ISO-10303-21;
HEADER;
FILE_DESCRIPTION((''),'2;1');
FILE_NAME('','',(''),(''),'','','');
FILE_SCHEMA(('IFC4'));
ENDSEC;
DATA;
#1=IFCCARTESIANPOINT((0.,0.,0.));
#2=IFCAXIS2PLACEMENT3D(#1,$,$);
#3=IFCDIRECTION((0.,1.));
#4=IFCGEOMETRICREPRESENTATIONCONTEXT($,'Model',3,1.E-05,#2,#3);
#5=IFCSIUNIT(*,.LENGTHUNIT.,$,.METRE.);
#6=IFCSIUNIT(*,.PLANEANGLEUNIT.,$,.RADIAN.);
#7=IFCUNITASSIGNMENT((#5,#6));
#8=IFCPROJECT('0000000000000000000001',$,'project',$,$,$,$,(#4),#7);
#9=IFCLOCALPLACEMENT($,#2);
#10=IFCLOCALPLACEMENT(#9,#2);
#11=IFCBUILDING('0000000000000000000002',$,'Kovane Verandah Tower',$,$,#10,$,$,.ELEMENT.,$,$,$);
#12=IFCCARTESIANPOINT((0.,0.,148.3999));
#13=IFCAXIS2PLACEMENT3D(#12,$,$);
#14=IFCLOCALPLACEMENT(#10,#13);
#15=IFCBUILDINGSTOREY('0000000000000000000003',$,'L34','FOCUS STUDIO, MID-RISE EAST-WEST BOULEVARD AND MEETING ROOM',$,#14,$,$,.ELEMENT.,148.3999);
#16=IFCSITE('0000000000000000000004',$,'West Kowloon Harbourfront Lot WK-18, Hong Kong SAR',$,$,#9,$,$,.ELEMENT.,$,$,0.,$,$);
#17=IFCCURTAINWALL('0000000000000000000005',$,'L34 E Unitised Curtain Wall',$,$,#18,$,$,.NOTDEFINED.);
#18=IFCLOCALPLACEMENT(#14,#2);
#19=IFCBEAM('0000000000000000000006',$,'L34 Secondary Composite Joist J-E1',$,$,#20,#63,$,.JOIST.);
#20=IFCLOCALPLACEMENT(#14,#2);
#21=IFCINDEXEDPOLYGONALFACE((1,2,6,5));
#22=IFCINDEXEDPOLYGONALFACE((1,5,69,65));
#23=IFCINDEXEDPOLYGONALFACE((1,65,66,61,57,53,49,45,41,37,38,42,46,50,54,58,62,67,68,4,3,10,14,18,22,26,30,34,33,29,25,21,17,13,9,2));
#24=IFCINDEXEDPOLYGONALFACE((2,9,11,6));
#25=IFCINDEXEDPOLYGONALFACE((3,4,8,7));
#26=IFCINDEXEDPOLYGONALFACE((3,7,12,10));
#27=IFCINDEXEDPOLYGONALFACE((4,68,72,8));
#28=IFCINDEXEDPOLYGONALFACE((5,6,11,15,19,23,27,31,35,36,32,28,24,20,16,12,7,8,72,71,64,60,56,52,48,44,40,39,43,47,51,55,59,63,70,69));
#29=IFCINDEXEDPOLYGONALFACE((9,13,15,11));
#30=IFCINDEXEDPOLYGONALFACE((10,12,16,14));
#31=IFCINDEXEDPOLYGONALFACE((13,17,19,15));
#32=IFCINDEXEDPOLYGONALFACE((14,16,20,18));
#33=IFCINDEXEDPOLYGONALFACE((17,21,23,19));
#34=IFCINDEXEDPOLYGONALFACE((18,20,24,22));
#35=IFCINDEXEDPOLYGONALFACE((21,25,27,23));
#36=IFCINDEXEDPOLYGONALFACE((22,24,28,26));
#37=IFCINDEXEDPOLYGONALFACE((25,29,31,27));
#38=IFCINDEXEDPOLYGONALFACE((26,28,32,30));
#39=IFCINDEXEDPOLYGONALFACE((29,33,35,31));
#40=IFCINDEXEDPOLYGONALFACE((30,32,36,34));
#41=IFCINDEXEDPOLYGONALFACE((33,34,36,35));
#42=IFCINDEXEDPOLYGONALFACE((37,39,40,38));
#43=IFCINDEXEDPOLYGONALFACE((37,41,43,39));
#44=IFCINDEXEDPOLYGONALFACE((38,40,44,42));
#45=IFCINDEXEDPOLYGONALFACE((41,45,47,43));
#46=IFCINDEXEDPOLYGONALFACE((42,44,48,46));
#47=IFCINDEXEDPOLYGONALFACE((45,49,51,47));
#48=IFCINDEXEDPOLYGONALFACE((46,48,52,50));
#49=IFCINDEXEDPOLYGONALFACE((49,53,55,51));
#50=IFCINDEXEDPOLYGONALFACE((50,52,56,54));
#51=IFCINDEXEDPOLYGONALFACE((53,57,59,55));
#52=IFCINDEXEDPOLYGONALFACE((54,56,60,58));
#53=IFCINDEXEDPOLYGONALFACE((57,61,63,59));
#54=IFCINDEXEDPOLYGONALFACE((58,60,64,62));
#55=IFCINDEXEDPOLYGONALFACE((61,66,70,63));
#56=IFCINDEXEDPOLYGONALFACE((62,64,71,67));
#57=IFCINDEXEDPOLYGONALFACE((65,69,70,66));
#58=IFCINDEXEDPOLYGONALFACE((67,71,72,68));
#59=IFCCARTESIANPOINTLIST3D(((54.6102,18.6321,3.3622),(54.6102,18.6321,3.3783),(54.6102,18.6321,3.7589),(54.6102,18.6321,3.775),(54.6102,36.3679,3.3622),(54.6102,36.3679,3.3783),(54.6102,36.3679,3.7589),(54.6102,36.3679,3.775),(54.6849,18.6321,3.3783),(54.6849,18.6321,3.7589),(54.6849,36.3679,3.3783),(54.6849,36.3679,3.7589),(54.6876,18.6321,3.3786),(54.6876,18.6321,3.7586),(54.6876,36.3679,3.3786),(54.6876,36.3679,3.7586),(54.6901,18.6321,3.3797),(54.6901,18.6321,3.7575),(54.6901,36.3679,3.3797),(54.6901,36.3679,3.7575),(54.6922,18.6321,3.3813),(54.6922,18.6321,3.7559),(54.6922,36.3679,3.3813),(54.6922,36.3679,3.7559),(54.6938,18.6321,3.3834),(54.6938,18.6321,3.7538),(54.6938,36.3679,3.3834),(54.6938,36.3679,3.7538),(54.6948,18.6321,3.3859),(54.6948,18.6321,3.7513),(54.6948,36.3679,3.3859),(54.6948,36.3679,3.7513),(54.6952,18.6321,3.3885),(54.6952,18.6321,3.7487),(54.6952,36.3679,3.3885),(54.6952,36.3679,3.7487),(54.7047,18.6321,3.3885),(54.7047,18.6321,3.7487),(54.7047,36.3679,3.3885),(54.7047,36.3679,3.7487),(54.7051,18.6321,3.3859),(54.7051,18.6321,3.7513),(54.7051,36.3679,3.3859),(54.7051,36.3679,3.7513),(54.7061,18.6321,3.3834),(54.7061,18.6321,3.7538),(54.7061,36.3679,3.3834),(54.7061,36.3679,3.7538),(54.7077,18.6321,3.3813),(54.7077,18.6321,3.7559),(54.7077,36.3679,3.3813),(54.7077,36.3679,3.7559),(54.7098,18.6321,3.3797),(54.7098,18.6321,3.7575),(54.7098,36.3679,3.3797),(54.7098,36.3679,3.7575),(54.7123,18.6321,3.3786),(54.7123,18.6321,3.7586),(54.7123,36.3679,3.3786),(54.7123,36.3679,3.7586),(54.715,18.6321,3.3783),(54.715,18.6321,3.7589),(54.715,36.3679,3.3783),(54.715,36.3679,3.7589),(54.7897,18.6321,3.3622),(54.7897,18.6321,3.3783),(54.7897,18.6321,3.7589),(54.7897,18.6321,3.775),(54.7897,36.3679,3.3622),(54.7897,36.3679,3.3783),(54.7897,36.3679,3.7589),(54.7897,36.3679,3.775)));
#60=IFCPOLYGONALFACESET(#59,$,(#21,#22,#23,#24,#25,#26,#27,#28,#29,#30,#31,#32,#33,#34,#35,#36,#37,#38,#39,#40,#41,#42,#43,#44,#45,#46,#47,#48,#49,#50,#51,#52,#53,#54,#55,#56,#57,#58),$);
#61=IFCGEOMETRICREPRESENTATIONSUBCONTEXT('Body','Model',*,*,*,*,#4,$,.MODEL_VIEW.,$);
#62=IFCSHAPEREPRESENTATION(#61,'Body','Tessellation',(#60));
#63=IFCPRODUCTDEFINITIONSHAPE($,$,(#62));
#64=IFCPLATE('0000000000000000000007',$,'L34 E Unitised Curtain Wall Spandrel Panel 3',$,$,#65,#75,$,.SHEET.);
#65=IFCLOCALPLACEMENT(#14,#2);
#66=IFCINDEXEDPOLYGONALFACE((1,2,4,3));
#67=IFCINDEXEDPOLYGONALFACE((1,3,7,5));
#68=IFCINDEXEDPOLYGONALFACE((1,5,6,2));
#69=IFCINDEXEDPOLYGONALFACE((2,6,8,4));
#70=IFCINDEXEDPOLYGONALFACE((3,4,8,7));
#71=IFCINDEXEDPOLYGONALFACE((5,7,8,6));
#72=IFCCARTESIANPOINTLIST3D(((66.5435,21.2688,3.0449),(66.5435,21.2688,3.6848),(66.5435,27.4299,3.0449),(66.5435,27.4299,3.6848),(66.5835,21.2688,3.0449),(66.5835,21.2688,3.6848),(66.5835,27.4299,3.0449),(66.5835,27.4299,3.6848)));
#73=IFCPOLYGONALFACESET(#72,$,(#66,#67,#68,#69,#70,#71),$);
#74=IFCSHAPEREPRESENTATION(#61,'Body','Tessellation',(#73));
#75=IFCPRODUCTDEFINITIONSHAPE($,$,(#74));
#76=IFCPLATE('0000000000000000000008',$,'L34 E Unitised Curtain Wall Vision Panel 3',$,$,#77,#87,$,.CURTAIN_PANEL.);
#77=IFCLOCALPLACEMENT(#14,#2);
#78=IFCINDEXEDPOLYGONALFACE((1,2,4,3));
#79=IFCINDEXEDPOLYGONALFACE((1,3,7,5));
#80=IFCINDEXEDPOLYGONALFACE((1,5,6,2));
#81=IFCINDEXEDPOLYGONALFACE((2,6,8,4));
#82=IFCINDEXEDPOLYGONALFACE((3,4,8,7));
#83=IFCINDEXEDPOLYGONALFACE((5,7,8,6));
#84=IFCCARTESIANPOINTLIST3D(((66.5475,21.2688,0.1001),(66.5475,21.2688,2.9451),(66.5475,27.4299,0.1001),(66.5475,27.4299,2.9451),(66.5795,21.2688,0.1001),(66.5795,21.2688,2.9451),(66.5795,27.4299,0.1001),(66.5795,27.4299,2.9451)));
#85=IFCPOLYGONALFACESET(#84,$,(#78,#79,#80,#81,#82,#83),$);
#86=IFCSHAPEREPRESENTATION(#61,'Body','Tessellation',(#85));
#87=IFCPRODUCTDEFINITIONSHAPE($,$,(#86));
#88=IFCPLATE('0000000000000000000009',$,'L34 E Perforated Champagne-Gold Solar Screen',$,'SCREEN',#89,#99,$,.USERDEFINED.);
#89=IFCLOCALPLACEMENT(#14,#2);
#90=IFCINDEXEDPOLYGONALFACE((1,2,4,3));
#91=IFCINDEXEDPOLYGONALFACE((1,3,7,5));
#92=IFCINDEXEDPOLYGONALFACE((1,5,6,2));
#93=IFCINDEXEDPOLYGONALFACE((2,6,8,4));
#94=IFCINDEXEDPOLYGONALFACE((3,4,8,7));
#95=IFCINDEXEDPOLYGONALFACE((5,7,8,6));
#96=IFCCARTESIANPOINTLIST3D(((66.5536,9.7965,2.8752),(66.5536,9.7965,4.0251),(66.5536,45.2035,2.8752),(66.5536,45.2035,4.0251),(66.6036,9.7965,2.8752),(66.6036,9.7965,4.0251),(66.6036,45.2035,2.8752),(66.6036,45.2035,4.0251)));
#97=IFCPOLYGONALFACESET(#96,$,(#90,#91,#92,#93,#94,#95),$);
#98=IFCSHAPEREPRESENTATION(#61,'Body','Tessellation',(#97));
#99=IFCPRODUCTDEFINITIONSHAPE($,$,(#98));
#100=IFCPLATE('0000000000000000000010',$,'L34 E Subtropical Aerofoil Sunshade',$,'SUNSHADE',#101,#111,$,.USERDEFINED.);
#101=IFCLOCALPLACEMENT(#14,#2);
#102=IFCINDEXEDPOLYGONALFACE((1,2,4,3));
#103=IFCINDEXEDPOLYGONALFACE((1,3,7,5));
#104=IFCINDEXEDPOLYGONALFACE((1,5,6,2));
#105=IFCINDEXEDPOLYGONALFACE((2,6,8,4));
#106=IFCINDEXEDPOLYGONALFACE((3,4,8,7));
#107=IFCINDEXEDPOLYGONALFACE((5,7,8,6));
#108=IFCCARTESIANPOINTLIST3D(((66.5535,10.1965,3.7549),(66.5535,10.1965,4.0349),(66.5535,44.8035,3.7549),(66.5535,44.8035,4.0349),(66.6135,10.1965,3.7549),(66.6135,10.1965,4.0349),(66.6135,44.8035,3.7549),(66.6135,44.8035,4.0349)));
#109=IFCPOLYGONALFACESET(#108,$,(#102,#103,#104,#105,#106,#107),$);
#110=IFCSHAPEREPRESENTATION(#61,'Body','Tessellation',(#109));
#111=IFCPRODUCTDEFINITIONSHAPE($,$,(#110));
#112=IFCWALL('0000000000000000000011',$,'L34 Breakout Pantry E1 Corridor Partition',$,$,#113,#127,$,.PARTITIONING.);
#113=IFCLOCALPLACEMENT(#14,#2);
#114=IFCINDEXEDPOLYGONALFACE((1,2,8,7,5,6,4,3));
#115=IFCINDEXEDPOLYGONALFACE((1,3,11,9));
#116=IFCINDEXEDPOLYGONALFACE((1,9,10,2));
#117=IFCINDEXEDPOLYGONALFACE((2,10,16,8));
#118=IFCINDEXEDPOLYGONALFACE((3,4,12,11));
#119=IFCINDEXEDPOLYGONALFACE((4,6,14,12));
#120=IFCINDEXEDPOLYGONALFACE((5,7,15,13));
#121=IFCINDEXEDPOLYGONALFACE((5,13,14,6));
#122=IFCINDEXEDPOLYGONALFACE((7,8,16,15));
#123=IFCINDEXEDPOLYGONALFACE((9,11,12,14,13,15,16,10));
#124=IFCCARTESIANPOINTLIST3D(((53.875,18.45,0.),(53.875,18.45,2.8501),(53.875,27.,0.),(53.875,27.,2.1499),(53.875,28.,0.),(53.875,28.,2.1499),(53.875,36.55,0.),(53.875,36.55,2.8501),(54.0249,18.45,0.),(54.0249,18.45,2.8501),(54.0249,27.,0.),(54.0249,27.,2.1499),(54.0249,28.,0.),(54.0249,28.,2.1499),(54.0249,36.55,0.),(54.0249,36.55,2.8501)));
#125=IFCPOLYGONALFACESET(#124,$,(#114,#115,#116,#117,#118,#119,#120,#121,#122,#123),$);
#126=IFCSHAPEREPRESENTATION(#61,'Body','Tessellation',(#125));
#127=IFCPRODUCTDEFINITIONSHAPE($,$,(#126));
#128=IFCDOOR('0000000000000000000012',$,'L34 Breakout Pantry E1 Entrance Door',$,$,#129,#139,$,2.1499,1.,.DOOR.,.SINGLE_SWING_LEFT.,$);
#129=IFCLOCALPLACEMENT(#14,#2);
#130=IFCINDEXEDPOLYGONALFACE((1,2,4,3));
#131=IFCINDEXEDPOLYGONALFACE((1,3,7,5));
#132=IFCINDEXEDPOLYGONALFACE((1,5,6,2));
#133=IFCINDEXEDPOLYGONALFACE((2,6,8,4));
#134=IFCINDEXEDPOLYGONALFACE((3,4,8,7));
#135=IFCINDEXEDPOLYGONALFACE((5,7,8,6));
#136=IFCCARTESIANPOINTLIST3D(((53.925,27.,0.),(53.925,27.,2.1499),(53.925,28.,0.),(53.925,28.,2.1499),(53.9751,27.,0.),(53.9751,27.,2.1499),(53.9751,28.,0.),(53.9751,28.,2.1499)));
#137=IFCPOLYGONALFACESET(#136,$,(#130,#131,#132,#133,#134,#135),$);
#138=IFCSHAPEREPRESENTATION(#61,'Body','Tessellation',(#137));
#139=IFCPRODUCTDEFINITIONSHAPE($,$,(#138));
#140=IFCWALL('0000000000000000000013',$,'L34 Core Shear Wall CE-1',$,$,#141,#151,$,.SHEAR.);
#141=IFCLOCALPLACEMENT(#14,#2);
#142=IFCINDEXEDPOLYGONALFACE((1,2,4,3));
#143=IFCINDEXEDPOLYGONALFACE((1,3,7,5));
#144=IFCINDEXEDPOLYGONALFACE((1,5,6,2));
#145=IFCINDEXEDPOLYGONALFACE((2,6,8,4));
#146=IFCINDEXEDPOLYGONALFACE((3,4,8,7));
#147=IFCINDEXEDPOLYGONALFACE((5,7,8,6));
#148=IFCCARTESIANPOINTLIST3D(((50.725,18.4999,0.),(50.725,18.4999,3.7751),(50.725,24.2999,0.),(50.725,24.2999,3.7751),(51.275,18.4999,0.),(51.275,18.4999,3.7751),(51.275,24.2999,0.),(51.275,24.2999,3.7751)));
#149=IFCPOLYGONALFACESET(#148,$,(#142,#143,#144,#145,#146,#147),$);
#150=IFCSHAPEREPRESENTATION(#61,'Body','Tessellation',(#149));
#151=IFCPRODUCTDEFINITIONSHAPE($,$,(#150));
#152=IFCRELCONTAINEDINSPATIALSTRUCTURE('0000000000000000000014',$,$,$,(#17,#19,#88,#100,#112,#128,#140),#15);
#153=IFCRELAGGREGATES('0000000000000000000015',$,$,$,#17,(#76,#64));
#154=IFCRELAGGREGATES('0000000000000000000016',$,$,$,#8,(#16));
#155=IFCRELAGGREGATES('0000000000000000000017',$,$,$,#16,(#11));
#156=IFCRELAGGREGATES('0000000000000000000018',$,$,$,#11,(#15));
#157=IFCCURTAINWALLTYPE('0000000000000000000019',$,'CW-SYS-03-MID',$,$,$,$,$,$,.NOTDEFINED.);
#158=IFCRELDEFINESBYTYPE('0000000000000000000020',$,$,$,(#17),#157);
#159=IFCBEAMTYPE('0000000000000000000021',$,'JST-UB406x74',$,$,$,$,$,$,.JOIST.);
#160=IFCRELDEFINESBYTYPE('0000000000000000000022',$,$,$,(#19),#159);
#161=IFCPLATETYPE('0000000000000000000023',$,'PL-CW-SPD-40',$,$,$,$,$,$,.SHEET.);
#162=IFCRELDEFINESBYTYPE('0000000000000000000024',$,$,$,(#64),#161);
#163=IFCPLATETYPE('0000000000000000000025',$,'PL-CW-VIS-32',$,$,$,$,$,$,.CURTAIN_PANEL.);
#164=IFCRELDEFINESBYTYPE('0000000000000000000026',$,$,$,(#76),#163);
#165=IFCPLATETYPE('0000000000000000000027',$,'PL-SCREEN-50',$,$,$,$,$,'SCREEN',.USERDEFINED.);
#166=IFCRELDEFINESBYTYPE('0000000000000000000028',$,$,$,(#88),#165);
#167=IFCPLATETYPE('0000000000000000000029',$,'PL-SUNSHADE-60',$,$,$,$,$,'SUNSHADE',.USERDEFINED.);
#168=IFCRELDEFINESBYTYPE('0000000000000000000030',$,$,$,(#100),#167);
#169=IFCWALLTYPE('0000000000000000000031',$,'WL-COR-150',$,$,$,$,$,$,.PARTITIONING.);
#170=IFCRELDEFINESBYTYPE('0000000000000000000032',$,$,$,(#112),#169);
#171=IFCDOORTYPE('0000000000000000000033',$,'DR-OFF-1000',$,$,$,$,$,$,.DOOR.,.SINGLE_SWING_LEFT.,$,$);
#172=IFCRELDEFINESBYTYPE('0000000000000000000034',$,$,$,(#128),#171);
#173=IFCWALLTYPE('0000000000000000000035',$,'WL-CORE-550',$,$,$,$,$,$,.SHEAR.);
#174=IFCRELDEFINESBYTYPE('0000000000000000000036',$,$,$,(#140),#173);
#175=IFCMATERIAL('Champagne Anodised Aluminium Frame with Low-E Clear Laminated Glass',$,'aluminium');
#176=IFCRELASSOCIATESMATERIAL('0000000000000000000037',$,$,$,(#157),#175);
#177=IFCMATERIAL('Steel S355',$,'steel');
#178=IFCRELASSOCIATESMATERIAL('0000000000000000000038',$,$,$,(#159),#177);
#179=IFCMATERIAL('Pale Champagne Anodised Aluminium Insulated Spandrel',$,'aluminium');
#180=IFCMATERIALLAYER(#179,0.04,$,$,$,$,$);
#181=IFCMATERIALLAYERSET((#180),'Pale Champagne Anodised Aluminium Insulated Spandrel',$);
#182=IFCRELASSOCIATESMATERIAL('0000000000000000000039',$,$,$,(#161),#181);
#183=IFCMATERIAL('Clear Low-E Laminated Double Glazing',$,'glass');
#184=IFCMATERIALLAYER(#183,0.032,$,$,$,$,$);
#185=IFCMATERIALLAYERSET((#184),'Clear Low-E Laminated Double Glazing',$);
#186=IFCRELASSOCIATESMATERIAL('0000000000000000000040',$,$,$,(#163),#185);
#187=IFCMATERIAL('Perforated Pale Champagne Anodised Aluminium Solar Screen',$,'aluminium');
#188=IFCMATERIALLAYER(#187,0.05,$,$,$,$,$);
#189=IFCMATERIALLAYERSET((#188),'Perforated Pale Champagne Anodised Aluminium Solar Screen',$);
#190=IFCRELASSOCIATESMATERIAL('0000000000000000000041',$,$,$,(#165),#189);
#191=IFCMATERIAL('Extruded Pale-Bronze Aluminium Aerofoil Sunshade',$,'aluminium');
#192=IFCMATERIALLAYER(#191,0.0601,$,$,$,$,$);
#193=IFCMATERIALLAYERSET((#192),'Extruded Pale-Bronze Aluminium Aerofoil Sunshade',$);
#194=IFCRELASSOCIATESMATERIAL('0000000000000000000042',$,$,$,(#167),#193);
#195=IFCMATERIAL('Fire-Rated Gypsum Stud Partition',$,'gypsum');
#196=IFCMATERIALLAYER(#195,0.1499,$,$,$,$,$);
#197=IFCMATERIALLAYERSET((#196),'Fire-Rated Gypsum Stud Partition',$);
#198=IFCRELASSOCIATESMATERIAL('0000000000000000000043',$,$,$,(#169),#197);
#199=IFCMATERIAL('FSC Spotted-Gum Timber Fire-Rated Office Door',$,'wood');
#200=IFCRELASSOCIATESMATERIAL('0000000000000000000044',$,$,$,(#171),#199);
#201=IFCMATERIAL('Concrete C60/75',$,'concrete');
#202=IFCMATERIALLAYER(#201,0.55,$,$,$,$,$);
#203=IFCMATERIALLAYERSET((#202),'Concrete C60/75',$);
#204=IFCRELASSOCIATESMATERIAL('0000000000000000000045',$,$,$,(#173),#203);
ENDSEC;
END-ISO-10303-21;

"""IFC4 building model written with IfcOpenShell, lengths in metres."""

from ifc_helpers import new_model, si_unit, direction, frame, frame_2d, origin, origin_2d, place, context, subcontext, project, spatial, rectangle, i_section, extrude, material, layer, layer_set, material_profile, profile_set, type_object, element, fill, aggregate, save


model = new_model("IFC4")

# Units and contexts
model_context = context("Model", 3, precision=1e-05, world=origin(), true_north=direction((0.0, 1.0)))
body_context = subcontext(model_context, "Body", "Model", "MODEL_VIEW")
ifc_project = project(units=[si_unit("LENGTHUNIT", "METRE"), si_unit("PLANEANGLEUNIT", "RADIAN")], contexts=[model_context])

# Site, building, storey
site_placement = place(None, origin())
site = spatial("IfcSite", under=ifc_project, at=site_placement, Name="West Kowloon Harbourfront Lot WK-18, Hong Kong SAR", CompositionType="ELEMENT", RefElevation=0.0)
building_placement = place(site_placement, origin())
building = spatial("IfcBuilding", under=site, at=building_placement, Name="Kovane Verandah Tower", CompositionType="ELEMENT")
storey_placement = place(building_placement, frame((0.0, 0.0, 148.3999)))
storey = spatial("IfcBuildingStorey", under=building, at=storey_placement, Name="L34", Description="FOCUS STUDIO, MID-RISE EAST-WEST BOULEVARD AND MEETING ROOM", CompositionType="ELEMENT", Elevation=148.3999)

# Shared definitions
ifc_material_1 = material(Name="Concrete C60/75", Category="concrete")
ifc_material_2 = material(Name="Steel S355", Category="steel")

# Curtain wall
ifc_material_3 = material(Name="Champagne Anodised Aluminium Frame with Low-E Clear Laminated Glass", Category="aluminium")
curtain_wall_type = type_object("IfcCurtainWallType", Name="CW-SYS-03-MID", PredefinedType="NOTDEFINED", material=ifc_material_3)
curtain_wall_placement = place(storey_placement, origin())
curtain_wall = element("IfcCurtainWall", 1, at=curtain_wall_placement, inside=storey, type_object=curtain_wall_type, Name="L34 E Unitised Curtain Wall", PredefinedType="NOTDEFINED")

# Beam
ifc_material_profile_1 = material_profile(ifc_material_2, i_section(OverallWidth=0.1794, OverallDepth=0.4128, WebThickness=0.0095, FlangeThickness=0.0161, FilletRadius=0.0103, at=origin_2d()), Name="UB406x178x74")
ifc_profile_set_1 = profile_set([ifc_material_profile_1], Name="Steel S355")
beam_type_1 = type_object("IfcBeamType", Name="JST-UB406x74", PredefinedType="JOIST", material=ifc_profile_set_1)
beam_1_placement = place(storey_placement, frame((54.7, 18.6321, 3.5686), z_axis=(0.0, 1.0, 0.0), x_axis=(-1.0, 0.0, 0.0)))
element("IfcBeam", 2, at=beam_1_placement, inside=storey, type_object=beam_type_1, Name="L34 Secondary Composite Joist J-E1", PredefinedType="JOIST", context=body_context, shape_type="SweptSolid", body=[
    extrude(i_section(OverallWidth=0.1794, OverallDepth=0.4128, WebThickness=0.0095, FlangeThickness=0.0161, FilletRadius=0.0103, at=origin_2d()), origin(), (0.0, 0.0, 1.0), 17.7358),
])

# Plates
ifc_material_4 = material(Name="Pale Champagne Anodised Aluminium Insulated Spandrel", Category="aluminium")
ifc_layer_1 = layer(ifc_material_4, 0.04)
ifc_layer_set_1 = layer_set([ifc_layer_1], Name="Pale Champagne Anodised Aluminium Insulated Spandrel")
plate_type_1 = type_object("IfcPlateType", Name="PL-CW-SPD-40", PredefinedType="SHEET", material=ifc_layer_set_1)
plate_1_placement = place(storey_placement, frame((66.5635, 24.3494, 3.0449), z_axis=(0.0, 0.0, 1.0), x_axis=(0.0, 1.0, 0.0)))
plate_1 = element("IfcPlate", 3, at=plate_1_placement, type_object=plate_type_1, Name="L34 E Unitised Curtain Wall Spandrel Panel 3", PredefinedType="SHEET", context=body_context, shape_type="SweptSolid", body=[
    extrude(rectangle(XDim=6.1611, YDim=0.04, at=origin_2d()), origin(), (0.0, 0.0, 1.0), 0.6399),
])
ifc_material_5 = material(Name="Clear Low-E Laminated Double Glazing", Category="glass")
ifc_layer_2 = layer(ifc_material_5, 0.032)
ifc_layer_set_2 = layer_set([ifc_layer_2], Name="Clear Low-E Laminated Double Glazing")
plate_type_2 = type_object("IfcPlateType", Name="PL-CW-VIS-32", PredefinedType="CURTAIN_PANEL", material=ifc_layer_set_2)
plate_2_placement = place(storey_placement, frame((66.5635, 24.3494, 0.1001), z_axis=(0.0, 0.0, 1.0), x_axis=(0.0, 1.0, 0.0)))
plate_2 = element("IfcPlate", 4, at=plate_2_placement, type_object=plate_type_2, Name="L34 E Unitised Curtain Wall Vision Panel 3", PredefinedType="CURTAIN_PANEL", context=body_context, shape_type="SweptSolid", body=[
    extrude(rectangle(XDim=6.1611, YDim=0.032, at=origin_2d()), origin(), (0.0, 0.0, 1.0), 2.845),
])
aggregate(curtain_wall, [plate_2, plate_1])

# Plates
ifc_material_6 = material(Name="Perforated Pale Champagne Anodised Aluminium Solar Screen", Category="aluminium")
ifc_layer_3 = layer(ifc_material_6, 0.05)
ifc_layer_set_3 = layer_set([ifc_layer_3], Name="Perforated Pale Champagne Anodised Aluminium Solar Screen")
plate_type_3 = type_object("IfcPlateType", Name="PL-SCREEN-50", ElementType="SCREEN", PredefinedType="USERDEFINED", material=ifc_layer_set_3)
plate_3_placement = place(storey_placement, frame((66.5786, 27.5, 2.8752), z_axis=(0.0, 0.0, 1.0), x_axis=(0.0, 1.0, 0.0)))
element("IfcPlate", 5, at=plate_3_placement, inside=storey, type_object=plate_type_3, Name="L34 E Perforated Champagne-Gold Solar Screen", ObjectType="SCREEN", PredefinedType="USERDEFINED", context=body_context, shape_type="SweptSolid", body=[
    extrude(rectangle(XDim=35.407, YDim=0.05, at=origin_2d()), origin(), (0.0, 0.0, 1.0), 1.1499),
])
ifc_material_7 = material(Name="Extruded Pale-Bronze Aluminium Aerofoil Sunshade", Category="aluminium")
ifc_layer_4 = layer(ifc_material_7, 0.0601)
ifc_layer_set_4 = layer_set([ifc_layer_4], Name="Extruded Pale-Bronze Aluminium Aerofoil Sunshade")
plate_type_4 = type_object("IfcPlateType", Name="PL-SUNSHADE-60", ElementType="SUNSHADE", PredefinedType="USERDEFINED", material=ifc_layer_set_4)
plate_4_placement = place(storey_placement, frame((66.5835, 27.5, 3.7549), z_axis=(0.0, 0.0, 1.0), x_axis=(0.0, 1.0, 0.0)))
element("IfcPlate", 6, at=plate_4_placement, inside=storey, type_object=plate_type_4, Name="L34 E Subtropical Aerofoil Sunshade", ObjectType="SUNSHADE", PredefinedType="USERDEFINED", context=body_context, shape_type="SweptSolid", body=[
    extrude(rectangle(XDim=34.6069, YDim=0.0601, at=origin_2d()), origin(), (0.0, 0.0, 1.0), 0.28),
])

# Wall, opening, door
ifc_material_8 = material(Name="Fire-Rated Gypsum Stud Partition", Category="gypsum")
ifc_layer_5 = layer(ifc_material_8, 0.1499)
ifc_layer_set_5 = layer_set([ifc_layer_5], Name="Fire-Rated Gypsum Stud Partition")
wall_type_1 = type_object("IfcWallType", Name="WL-COR-150", PredefinedType="PARTITIONING", material=ifc_layer_set_5)
wall_1_placement = place(storey_placement, frame((53.95, 18.45, 0.0), z_axis=(0.0, 0.0, 1.0), x_axis=(0.0, 1.0, 0.0)))
wall_1 = element("IfcWall", 7, at=wall_1_placement, inside=storey, type_object=wall_type_1, Name="L34 Breakout Pantry E1 Corridor Partition", PredefinedType="PARTITIONING", context=body_context, shape_type="SweptSolid", body=[
    extrude(rectangle(XDim=18.1001, YDim=0.1499, at=frame_2d((9.05, 0.0))), origin(), (0.0, 0.0, 1.0), 2.8501),
])
opening_1_placement = place(wall_1_placement, frame((8.55, 0.0, 0.0)))
opening_1 = element("IfcOpeningElement", 8, at=opening_1_placement, cuts=wall_1, PredefinedType="OPENING", context=body_context, shape_type="SweptSolid", body=[
    extrude(rectangle(XDim=1.0, YDim=2.1499, at=frame_2d((0.5, 1.075))), frame((0.0, 0.075, 0.0), z_axis=(0.0, -1.0, 0.0), x_axis=(1.0, 0.0, 0.0)), (0.0, 0.0, 1.0), 0.1499),
])
ifc_material_9 = material(Name="FSC Spotted-Gum Timber Fire-Rated Office Door", Category="wood")
door_type_1 = type_object("IfcDoorType", Name="DR-OFF-1000", OperationType="SINGLE_SWING_LEFT", PredefinedType="DOOR", material=ifc_material_9)
door_1_placement = place(opening_1_placement, origin())
door_1 = element("IfcDoor", 9, at=door_1_placement, inside=storey, type_object=door_type_1, Name="L34 Breakout Pantry E1 Entrance Door", OperationType="SINGLE_SWING_LEFT", OverallHeight=2.1499, OverallWidth=1.0, PredefinedType="DOOR", context=body_context, shape_type="SweptSolid", body=[
    extrude(rectangle(XDim=1.0, YDim=2.1499, at=frame_2d((0.5, 1.075))), frame((0.0, 0.0249, 0.0), z_axis=(0.0, -1.0, 0.0), x_axis=(1.0, 0.0, 0.0)), (0.0, 0.0, 1.0), 0.05),
])
fill(opening_1, door_1)

# Wall
ifc_layer_6 = layer(ifc_material_1, 0.55)
ifc_layer_set_6 = layer_set([ifc_layer_6], Name="Concrete C60/75")
wall_type_2 = type_object("IfcWallType", Name="WL-CORE-550", PredefinedType="SHEAR", material=ifc_layer_set_6)
wall_2_placement = place(storey_placement, frame((51.0, 18.5, 0.0), z_axis=(0.0, 0.0, 1.0), x_axis=(0.0, 1.0, 0.0)))
element("IfcWall", 10, at=wall_2_placement, inside=storey, type_object=wall_type_2, Name="L34 Core Shear Wall CE-1", PredefinedType="SHEAR", context=body_context, shape_type="SweptSolid", body=[
    extrude(rectangle(XDim=5.8, YDim=0.55, at=frame_2d((2.8999, 0.0))), origin(), (0.0, 0.0, 1.0), 3.7751),
])

save(model, "model.ifc")
